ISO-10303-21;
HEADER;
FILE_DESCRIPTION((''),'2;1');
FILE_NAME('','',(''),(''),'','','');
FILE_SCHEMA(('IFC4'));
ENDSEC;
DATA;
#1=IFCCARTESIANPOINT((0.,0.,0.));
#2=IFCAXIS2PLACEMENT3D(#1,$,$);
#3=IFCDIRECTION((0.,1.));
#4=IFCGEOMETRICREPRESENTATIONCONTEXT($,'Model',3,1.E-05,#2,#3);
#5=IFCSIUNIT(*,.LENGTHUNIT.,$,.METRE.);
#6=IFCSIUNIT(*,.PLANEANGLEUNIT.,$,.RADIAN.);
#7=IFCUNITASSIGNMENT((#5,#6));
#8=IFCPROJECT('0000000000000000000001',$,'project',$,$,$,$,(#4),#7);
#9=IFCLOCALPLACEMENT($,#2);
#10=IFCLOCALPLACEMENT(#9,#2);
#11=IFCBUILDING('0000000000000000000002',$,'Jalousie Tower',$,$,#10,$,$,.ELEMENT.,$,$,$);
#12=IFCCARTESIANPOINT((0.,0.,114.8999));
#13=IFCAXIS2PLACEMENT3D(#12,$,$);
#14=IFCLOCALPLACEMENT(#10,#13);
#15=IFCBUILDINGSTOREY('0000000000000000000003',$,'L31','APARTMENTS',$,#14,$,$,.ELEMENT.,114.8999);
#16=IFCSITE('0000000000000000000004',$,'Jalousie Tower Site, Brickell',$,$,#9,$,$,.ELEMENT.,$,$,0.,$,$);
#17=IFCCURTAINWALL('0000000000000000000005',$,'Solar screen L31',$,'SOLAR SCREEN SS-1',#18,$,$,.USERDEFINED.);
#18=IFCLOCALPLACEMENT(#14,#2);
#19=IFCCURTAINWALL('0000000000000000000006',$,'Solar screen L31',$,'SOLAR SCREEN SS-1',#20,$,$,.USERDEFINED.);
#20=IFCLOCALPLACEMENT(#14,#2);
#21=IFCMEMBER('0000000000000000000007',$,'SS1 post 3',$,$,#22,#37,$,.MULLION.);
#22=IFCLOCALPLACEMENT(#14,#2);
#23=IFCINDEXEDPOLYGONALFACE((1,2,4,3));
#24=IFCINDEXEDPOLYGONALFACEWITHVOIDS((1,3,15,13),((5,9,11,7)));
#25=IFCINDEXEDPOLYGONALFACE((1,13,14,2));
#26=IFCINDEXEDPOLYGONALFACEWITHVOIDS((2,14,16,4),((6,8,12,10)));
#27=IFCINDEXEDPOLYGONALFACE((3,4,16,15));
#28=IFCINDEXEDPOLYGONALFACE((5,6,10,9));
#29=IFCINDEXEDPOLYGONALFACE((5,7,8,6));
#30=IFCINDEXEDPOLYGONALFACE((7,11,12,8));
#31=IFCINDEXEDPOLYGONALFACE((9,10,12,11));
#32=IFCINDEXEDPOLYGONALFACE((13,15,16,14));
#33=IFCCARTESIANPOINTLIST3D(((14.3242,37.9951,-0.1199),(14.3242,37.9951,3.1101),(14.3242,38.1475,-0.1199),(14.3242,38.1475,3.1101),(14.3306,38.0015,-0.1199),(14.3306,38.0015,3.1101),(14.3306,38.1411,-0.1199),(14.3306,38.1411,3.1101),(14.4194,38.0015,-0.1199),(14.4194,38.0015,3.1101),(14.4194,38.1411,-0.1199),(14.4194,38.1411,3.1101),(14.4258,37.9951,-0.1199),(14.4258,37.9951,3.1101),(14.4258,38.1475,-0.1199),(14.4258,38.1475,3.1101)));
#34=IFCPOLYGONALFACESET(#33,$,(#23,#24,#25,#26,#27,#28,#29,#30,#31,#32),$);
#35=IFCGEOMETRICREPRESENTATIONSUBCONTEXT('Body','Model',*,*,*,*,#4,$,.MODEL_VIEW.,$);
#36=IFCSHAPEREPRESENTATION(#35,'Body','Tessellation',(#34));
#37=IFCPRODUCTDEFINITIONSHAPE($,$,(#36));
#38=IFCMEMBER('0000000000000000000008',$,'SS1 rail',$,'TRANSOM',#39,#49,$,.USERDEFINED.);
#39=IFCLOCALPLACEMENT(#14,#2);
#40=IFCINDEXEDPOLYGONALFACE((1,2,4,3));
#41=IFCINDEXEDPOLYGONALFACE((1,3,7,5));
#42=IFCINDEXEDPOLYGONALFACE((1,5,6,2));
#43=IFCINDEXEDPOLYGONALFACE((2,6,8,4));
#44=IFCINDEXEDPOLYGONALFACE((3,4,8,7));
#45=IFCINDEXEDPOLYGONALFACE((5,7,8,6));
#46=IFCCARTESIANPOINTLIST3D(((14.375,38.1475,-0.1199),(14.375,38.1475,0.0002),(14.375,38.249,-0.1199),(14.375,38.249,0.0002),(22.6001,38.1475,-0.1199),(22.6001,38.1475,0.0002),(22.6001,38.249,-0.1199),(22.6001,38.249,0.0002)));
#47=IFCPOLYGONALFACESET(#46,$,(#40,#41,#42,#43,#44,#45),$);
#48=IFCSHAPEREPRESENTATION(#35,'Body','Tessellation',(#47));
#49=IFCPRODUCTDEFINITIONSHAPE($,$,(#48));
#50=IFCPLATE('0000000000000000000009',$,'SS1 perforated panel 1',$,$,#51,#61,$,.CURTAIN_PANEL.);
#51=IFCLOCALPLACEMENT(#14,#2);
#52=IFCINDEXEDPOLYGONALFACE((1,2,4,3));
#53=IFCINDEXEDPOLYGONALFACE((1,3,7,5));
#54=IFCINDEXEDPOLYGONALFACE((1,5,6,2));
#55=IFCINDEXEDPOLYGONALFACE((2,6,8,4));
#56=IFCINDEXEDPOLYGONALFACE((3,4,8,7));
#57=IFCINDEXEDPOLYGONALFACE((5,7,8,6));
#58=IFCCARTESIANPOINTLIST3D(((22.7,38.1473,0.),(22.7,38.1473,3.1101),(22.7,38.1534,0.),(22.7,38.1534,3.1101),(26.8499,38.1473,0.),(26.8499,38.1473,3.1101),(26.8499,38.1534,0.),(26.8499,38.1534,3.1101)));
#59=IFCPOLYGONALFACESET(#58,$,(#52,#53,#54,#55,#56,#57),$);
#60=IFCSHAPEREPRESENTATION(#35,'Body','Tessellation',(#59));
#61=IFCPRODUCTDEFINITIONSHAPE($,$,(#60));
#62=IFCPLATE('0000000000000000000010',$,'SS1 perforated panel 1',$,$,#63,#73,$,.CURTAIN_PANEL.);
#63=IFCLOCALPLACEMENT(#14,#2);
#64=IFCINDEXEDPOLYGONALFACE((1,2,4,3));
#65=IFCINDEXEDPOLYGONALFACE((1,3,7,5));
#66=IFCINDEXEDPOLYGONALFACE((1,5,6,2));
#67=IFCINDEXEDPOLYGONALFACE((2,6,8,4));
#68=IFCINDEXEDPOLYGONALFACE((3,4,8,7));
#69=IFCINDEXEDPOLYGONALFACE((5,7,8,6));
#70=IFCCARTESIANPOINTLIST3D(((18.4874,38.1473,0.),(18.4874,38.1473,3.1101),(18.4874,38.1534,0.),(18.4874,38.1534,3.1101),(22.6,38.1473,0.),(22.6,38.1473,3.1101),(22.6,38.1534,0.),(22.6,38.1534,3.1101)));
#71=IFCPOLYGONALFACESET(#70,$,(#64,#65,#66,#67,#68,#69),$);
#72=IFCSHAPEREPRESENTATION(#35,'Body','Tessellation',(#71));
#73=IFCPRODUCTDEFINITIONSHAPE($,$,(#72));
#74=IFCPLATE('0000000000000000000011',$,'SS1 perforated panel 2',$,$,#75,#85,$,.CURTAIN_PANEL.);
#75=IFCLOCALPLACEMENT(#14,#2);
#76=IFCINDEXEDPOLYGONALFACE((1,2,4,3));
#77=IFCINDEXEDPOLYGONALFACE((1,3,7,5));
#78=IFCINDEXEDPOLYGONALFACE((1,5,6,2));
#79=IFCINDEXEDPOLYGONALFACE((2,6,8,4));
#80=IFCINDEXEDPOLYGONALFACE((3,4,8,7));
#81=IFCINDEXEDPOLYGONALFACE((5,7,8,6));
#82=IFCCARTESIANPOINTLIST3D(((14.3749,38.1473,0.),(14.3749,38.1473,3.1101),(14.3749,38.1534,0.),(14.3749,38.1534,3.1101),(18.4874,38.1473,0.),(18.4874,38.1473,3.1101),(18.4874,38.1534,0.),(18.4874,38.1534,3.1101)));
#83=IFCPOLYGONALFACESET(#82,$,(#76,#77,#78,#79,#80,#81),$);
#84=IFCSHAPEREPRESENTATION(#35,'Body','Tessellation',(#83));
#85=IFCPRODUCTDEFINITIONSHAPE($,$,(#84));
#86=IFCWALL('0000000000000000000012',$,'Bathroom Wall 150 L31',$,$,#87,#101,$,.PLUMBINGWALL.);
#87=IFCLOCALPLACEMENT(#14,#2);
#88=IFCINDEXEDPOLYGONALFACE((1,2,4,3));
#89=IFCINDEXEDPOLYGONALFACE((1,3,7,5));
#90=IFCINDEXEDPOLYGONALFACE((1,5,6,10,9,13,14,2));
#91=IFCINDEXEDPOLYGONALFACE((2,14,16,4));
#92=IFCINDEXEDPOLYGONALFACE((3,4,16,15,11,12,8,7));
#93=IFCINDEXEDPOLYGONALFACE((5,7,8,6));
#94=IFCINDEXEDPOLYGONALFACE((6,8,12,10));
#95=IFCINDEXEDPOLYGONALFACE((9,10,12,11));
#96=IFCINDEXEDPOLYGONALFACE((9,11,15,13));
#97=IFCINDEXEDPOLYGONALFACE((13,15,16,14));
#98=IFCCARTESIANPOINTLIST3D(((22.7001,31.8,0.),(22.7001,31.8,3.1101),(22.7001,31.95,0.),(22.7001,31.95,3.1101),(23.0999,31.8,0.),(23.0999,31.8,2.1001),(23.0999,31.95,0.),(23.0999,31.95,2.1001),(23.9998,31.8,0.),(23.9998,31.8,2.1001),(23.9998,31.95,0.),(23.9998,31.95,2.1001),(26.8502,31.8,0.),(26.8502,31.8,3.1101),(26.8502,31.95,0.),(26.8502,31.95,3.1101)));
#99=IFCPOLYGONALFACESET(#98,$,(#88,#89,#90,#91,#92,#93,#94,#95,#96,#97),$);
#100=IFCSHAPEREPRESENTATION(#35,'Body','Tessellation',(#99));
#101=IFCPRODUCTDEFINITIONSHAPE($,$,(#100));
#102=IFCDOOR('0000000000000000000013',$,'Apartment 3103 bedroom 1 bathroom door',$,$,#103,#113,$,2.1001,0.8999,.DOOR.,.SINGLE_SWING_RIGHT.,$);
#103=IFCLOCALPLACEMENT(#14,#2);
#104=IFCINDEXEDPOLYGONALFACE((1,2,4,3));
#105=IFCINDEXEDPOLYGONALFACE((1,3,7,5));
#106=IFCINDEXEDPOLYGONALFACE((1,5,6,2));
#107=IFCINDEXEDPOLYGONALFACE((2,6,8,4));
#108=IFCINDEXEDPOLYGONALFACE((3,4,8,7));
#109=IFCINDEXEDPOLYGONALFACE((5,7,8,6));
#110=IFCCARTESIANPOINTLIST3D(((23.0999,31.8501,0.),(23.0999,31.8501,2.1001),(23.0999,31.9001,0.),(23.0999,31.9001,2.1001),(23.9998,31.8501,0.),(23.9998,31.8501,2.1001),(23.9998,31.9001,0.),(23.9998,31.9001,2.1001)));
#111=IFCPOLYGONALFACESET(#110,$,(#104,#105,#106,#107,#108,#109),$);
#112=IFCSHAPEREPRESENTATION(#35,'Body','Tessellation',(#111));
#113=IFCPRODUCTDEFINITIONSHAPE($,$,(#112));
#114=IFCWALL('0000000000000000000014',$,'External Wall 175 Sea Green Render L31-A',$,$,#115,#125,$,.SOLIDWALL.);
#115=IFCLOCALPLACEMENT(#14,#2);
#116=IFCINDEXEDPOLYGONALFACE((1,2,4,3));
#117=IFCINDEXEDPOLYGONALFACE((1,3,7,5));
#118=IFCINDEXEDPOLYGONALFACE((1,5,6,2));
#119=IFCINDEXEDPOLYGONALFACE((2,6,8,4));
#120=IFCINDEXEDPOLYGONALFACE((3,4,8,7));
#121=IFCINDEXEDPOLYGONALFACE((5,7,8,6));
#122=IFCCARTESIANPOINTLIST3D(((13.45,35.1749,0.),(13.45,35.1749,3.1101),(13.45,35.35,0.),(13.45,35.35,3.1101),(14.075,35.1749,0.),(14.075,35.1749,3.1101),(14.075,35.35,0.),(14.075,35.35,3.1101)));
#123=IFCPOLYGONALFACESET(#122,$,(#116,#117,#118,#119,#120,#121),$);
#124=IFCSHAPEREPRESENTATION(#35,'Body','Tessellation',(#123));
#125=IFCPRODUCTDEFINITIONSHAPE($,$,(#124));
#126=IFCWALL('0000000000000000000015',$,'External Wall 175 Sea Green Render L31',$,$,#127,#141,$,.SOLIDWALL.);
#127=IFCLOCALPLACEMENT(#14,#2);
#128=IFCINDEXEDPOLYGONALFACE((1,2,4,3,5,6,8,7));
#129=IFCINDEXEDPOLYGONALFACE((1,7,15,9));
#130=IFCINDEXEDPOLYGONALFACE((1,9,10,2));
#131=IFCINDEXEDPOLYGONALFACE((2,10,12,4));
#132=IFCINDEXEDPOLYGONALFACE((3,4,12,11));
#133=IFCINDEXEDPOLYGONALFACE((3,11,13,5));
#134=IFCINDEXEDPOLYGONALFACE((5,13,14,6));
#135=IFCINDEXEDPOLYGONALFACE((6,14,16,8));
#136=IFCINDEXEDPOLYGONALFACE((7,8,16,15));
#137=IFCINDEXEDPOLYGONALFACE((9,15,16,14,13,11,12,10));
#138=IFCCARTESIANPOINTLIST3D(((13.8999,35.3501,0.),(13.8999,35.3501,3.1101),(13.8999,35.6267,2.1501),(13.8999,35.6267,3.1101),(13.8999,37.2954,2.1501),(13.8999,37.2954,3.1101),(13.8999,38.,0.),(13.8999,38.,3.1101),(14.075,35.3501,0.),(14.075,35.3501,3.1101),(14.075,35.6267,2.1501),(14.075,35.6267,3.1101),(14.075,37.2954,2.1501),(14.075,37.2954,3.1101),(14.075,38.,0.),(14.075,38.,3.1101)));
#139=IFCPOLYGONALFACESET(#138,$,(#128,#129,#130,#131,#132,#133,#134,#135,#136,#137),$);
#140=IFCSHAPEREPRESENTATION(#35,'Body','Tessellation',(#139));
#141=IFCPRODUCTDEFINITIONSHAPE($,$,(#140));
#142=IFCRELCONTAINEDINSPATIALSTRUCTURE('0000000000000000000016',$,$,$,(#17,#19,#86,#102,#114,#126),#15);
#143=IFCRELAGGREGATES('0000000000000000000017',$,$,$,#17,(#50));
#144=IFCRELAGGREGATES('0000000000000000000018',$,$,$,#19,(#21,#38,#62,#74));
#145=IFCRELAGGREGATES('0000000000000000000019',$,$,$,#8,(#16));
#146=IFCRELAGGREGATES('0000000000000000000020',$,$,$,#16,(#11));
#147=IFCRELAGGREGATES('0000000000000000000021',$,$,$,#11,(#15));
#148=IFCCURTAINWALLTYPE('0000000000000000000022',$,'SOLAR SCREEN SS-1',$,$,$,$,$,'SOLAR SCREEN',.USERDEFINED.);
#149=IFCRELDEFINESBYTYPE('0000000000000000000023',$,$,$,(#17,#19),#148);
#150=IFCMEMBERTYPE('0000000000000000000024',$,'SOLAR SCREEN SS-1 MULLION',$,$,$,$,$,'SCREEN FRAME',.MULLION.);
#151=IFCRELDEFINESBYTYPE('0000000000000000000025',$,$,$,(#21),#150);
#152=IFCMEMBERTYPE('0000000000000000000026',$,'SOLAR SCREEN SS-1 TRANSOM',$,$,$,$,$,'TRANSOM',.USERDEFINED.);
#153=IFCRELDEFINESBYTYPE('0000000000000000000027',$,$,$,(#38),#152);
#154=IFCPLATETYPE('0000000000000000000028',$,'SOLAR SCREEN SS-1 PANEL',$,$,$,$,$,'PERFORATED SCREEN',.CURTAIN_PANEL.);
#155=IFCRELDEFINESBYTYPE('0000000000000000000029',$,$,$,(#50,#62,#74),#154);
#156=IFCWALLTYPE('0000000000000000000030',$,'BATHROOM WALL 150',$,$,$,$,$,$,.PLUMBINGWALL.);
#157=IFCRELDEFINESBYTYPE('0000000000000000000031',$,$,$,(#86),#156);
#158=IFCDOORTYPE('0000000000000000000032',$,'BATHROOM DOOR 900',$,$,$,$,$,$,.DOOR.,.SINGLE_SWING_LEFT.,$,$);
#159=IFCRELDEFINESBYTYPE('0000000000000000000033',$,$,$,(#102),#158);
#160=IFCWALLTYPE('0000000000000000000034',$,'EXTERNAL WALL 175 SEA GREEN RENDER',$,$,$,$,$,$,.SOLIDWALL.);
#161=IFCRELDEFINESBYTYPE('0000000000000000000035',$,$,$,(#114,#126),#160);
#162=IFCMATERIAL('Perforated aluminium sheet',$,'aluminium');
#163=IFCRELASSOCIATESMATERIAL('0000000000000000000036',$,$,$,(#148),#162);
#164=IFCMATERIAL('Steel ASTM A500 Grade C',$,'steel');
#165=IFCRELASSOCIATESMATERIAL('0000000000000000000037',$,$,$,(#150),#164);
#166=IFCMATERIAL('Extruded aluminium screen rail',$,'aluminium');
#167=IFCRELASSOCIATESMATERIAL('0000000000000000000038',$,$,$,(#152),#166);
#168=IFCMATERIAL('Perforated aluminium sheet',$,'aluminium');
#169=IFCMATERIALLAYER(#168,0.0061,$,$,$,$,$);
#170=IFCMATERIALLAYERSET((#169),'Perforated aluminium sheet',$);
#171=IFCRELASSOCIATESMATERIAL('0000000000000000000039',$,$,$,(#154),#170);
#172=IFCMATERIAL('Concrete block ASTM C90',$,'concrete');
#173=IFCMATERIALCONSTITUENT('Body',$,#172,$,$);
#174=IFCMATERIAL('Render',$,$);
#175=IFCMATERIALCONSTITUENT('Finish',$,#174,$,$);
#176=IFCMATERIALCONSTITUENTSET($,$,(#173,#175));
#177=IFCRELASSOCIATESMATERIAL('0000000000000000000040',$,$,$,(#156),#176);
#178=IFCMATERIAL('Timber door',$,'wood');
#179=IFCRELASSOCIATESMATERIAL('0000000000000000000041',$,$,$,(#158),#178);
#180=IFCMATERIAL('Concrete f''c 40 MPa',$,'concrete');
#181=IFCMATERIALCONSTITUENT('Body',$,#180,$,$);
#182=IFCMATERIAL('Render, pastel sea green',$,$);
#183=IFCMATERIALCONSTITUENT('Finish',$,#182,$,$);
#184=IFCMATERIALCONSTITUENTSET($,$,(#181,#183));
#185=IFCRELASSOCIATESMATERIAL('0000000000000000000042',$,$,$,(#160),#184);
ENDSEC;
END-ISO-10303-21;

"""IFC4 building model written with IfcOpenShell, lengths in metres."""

from ifc_helpers import new_model, si_unit, direction, frame, frame_2d, origin, origin_2d, place, context, subcontext, project, spatial, polyline, rectangle, hollow_rectangle, outline, extrude, material, layer, layer_set, constituent, constituent_set, material_profile, profile_set, type_object, element, fill, aggregate, save


model = new_model("IFC4")

# Units and contexts
model_context = context("Model", 3, precision=1e-05, world=origin(), true_north=direction((0.0, 1.0)))
body_context = subcontext(model_context, "Body", "Model", "MODEL_VIEW")
ifc_project = project(units=[si_unit("LENGTHUNIT", "METRE"), si_unit("PLANEANGLEUNIT", "RADIAN")], contexts=[model_context])

# Site, building, storey
site_placement = place(None, origin())
site = spatial("IfcSite", under=ifc_project, at=site_placement, Name="Jalousie Tower Site, Brickell", CompositionType="ELEMENT", RefElevation=0.0)
building_placement = place(site_placement, origin())
building = spatial("IfcBuilding", under=site, at=building_placement, Name="Jalousie Tower", CompositionType="ELEMENT")
storey_placement = place(building_placement, frame((0.0, 0.0, 114.8999)))
storey = spatial("IfcBuildingStorey", under=building, at=storey_placement, Name="L31", Description="APARTMENTS", CompositionType="ELEMENT", Elevation=114.8999)

# Curtain wall
ifc_material_1 = material(Name="Perforated aluminium sheet", Category="aluminium")
curtain_wall_type = type_object("IfcCurtainWallType", Name="SOLAR SCREEN SS-1", ElementType="SOLAR SCREEN", PredefinedType="USERDEFINED", material=ifc_material_1)
curtain_wall_1_placement = place(storey_placement, origin())
curtain_wall_1 = element("IfcCurtainWall", 1, at=curtain_wall_1_placement, inside=storey, type_object=curtain_wall_type, Name="Solar screen L31", ObjectType="SOLAR SCREEN SS-1", PredefinedType="USERDEFINED")
ifc_material_2 = material(Name="Steel ASTM A500 Grade C", Category="steel")
ifc_material_profile_1 = material_profile(ifc_material_2, hollow_rectangle(XDim=0.1016, YDim=0.1523, WallThickness=0.0063, at=origin_2d()), Name="HSS6X4X1/4")
ifc_profile_set_1 = profile_set([ifc_material_profile_1], Name="Steel ASTM A500 Grade C")
member_type_1 = type_object("IfcMemberType", Name="SOLAR SCREEN SS-1 MULLION", ElementType="SCREEN FRAME", PredefinedType="MULLION", material=ifc_profile_set_1)

# Curtain wall, members
curtain_wall_2_placement = place(storey_placement, origin())
curtain_wall_2 = element("IfcCurtainWall", 2, at=curtain_wall_2_placement, inside=storey, type_object=curtain_wall_type, Name="Solar screen L31", ObjectType="SOLAR SCREEN SS-1", PredefinedType="USERDEFINED")
member_1_placement = place(storey_placement, frame((14.375, 38.0713, -0.1199), z_axis=(0.0, 0.0, 1.0), x_axis=(-1.0, 0.0, 0.0)))
member_1 = element("IfcMember", 3, at=member_1_placement, type_object=member_type_1, Name="SS1 post 3", PredefinedType="MULLION", context=body_context, shape_type="SweptSolid", body=[
    extrude(hollow_rectangle(XDim=0.1016, YDim=0.1523, WallThickness=0.0063, at=origin_2d()), origin(), (0.0, 0.0, 1.0), 3.23),
])
ifc_material_3 = material(Name="Extruded aluminium screen rail", Category="aluminium")
ifc_material_profile_2 = material_profile(ifc_material_3, rectangle(XDim=0.1016, YDim=0.1201, at=origin_2d()), Name="RAIL 102x120")
ifc_profile_set_2 = profile_set([ifc_material_profile_2], Name="Extruded aluminium screen rail")
member_type_2 = type_object("IfcMemberType", Name="SOLAR SCREEN SS-1 TRANSOM", ElementType="TRANSOM", PredefinedType="USERDEFINED", material=ifc_profile_set_2)
member_2_placement = place(storey_placement, frame((22.6001, 38.1982, -0.0598), z_axis=(-1.0, 0.0, 0.0), x_axis=(0.0, -1.0, 0.0)))
member_2 = element("IfcMember", 4, at=member_2_placement, type_object=member_type_2, Name="SS1 rail", ObjectType="TRANSOM", PredefinedType="USERDEFINED", context=body_context, shape_type="SweptSolid", body=[
    extrude(rectangle(XDim=0.1016, YDim=0.1201, at=origin_2d()), origin(), (0.0, 0.0, 1.0), 8.2251),
])

# Plates
ifc_material_4 = material(Name="Perforated aluminium sheet", Category="aluminium")
ifc_layer_1 = layer(ifc_material_4, 0.0061)
ifc_layer_set_1 = layer_set([ifc_layer_1], Name="Perforated aluminium sheet")
plate_type = type_object("IfcPlateType", Name="SOLAR SCREEN SS-1 PANEL", ElementType="PERFORATED SCREEN", PredefinedType="CURTAIN_PANEL", material=ifc_layer_set_1)
plate_1_placement = place(storey_placement, frame((24.7749, 38.1504, 0.0), z_axis=(0.0, 0.0, 1.0), x_axis=(-1.0, 0.0, 0.0)))
plate_1 = element("IfcPlate", 5, at=plate_1_placement, type_object=plate_type, Name="SS1 perforated panel 1", PredefinedType="CURTAIN_PANEL", context=body_context, shape_type="SweptSolid", body=[
    extrude(rectangle(XDim=4.1499, YDim=0.0061, at=origin_2d()), origin(), (0.0, 0.0, 1.0), 3.1101),
])
aggregate(curtain_wall_1, [plate_1])
plate_2_placement = place(storey_placement, frame((20.5437, 38.1504, 0.0), z_axis=(0.0, 0.0, 1.0), x_axis=(-1.0, 0.0, 0.0)))
plate_2 = element("IfcPlate", 6, at=plate_2_placement, type_object=plate_type, Name="SS1 perforated panel 1", PredefinedType="CURTAIN_PANEL", context=body_context, shape_type="SweptSolid", body=[
    extrude(rectangle(XDim=4.1125, YDim=0.0061, at=origin_2d()), origin(), (0.0, 0.0, 1.0), 3.1101),
])
plate_3_placement = place(storey_placement, frame((16.4312, 38.1504, 0.0), z_axis=(0.0, 0.0, 1.0), x_axis=(-1.0, 0.0, 0.0)))
plate_3 = element("IfcPlate", 7, at=plate_3_placement, type_object=plate_type, Name="SS1 perforated panel 2", PredefinedType="CURTAIN_PANEL", context=body_context, shape_type="SweptSolid", body=[
    extrude(rectangle(XDim=4.1125, YDim=0.0061, at=origin_2d()), origin(), (0.0, 0.0, 1.0), 3.1101),
])
aggregate(curtain_wall_2, [member_1, member_2, plate_2, plate_3])

# Wall, opening, door
ifc_material_5 = material(Name="Concrete block ASTM C90", Category="concrete")
ifc_constituent_1 = constituent(ifc_material_5, Name="Body")
ifc_material_6 = material(Name="Render")
ifc_constituent_2 = constituent(ifc_material_6, Name="Finish")
ifc_constituent_set_1 = constituent_set(constituents=[ifc_constituent_1, ifc_constituent_2])
wall_type_1 = type_object("IfcWallType", Name="BATHROOM WALL 150", PredefinedType="PLUMBINGWALL", material=ifc_constituent_set_1)
wall_1_placement = place(storey_placement, frame((22.7, 31.875, 0.0), z_axis=(0.0, 0.0, 1.0), x_axis=(1.0, 0.0, 0.0)))
wall_1 = element("IfcWall", 8, at=wall_1_placement, inside=storey, type_object=wall_type_1, Name="Bathroom Wall 150 L31", PredefinedType="PLUMBINGWALL", context=body_context, shape_type="SweptSolid", body=[
    extrude(rectangle(XDim=4.1501, YDim=0.1499, at=frame_2d((2.0752, 0.0))), origin(), (0.0, 0.0, 1.0), 3.1101),
])
opening_1_placement = place(wall_1_placement, frame((0.3999, 0.0, 0.0)))
opening_1 = element("IfcOpeningElement", 9, at=opening_1_placement, cuts=wall_1, PredefinedType="OPENING", context=body_context, shape_type="SweptSolid", body=[
    extrude(rectangle(XDim=0.8999, YDim=2.1001, at=frame_2d((0.45, 1.05))), frame((0.0, 0.085, 0.0), z_axis=(0.0, -1.0, 0.0), x_axis=(1.0, 0.0, 0.0)), (0.0, 0.0, 1.0), 0.1699),
])
ifc_material_7 = material(Name="Timber door", Category="wood")
door_type_1 = type_object("IfcDoorType", Name="BATHROOM DOOR 900", OperationType="SINGLE_SWING_LEFT", PredefinedType="DOOR", material=ifc_material_7)
door_1_placement = place(opening_1_placement, frame((0.8999, 0.0, 0.0), z_axis=(0.0, 0.0, 1.0), x_axis=(-1.0, 0.0, 0.0)))
door_1 = element("IfcDoor", 10, at=door_1_placement, inside=storey, type_object=door_type_1, Name="Apartment 3103 bedroom 1 bathroom door", OperationType="SINGLE_SWING_RIGHT", OverallHeight=2.1001, OverallWidth=0.8999, PredefinedType="DOOR", context=body_context, shape_type="SweptSolid", body=[
    extrude(rectangle(XDim=0.8999, YDim=2.1001, at=frame_2d((0.45, 1.05))), frame((0.0, 0.0249, 0.0), z_axis=(0.0, -1.0, 0.0), x_axis=(1.0, 0.0, 0.0)), (0.0, 0.0, 1.0), 0.05),
])
fill(opening_1, door_1)

# Walls
ifc_material_8 = material(Name="Concrete f'c 40 MPa", Category="concrete")
ifc_constituent_3 = constituent(ifc_material_8, Name="Body")
ifc_material_9 = material(Name="Render, pastel sea green")
ifc_constituent_4 = constituent(ifc_material_9, Name="Finish")
ifc_constituent_set_2 = constituent_set(constituents=[ifc_constituent_3, ifc_constituent_4])
wall_type_2 = type_object("IfcWallType", Name="EXTERNAL WALL 175 SEA GREEN RENDER", PredefinedType="SOLIDWALL", material=ifc_constituent_set_2)
wall_2_placement = place(storey_placement, frame((14.075, 35.2625, 0.0), z_axis=(0.0, 0.0, 1.0), x_axis=(-1.0, 0.0, 0.0)))
element("IfcWall", 11, at=wall_2_placement, inside=storey, type_object=wall_type_2, Name="External Wall 175 Sea Green Render L31-A", PredefinedType="SOLIDWALL", context=body_context, shape_type="SweptSolid", body=[
    extrude(rectangle(XDim=0.625, YDim=0.175, at=frame_2d((0.3125, 0.0))), origin(), (0.0, 0.0, 1.0), 3.1101),
])
wall_3_placement = place(storey_placement, frame((13.9875, 38.0, 0.0), z_axis=(0.0, 0.0, 1.0), x_axis=(0.0, -1.0, 0.0)))
element("IfcWall", 12, at=wall_3_placement, inside=storey, type_object=wall_type_2, Name="External Wall 175 Sea Green Render L31", PredefinedType="SOLIDWALL", context=body_context, shape_type="SweptSolid", body=[
    extrude(outline(polyline([(0.0, 0.0), (2.6499, 0.0), (2.6499, 3.1101), (2.3733, 3.1101), (2.3733, 2.1501), (0.7046, 2.1501), (0.7046, 3.1101), (0.0, 3.1101), (0.0, 0.0)])), frame((0.0, 0.0874, 0.0), z_axis=(0.0, -1.0, 0.0), x_axis=(1.0, 0.0, 0.0)), (0.0, 0.0, 1.0), 0.175),
])

save(model, "model.ifc")
